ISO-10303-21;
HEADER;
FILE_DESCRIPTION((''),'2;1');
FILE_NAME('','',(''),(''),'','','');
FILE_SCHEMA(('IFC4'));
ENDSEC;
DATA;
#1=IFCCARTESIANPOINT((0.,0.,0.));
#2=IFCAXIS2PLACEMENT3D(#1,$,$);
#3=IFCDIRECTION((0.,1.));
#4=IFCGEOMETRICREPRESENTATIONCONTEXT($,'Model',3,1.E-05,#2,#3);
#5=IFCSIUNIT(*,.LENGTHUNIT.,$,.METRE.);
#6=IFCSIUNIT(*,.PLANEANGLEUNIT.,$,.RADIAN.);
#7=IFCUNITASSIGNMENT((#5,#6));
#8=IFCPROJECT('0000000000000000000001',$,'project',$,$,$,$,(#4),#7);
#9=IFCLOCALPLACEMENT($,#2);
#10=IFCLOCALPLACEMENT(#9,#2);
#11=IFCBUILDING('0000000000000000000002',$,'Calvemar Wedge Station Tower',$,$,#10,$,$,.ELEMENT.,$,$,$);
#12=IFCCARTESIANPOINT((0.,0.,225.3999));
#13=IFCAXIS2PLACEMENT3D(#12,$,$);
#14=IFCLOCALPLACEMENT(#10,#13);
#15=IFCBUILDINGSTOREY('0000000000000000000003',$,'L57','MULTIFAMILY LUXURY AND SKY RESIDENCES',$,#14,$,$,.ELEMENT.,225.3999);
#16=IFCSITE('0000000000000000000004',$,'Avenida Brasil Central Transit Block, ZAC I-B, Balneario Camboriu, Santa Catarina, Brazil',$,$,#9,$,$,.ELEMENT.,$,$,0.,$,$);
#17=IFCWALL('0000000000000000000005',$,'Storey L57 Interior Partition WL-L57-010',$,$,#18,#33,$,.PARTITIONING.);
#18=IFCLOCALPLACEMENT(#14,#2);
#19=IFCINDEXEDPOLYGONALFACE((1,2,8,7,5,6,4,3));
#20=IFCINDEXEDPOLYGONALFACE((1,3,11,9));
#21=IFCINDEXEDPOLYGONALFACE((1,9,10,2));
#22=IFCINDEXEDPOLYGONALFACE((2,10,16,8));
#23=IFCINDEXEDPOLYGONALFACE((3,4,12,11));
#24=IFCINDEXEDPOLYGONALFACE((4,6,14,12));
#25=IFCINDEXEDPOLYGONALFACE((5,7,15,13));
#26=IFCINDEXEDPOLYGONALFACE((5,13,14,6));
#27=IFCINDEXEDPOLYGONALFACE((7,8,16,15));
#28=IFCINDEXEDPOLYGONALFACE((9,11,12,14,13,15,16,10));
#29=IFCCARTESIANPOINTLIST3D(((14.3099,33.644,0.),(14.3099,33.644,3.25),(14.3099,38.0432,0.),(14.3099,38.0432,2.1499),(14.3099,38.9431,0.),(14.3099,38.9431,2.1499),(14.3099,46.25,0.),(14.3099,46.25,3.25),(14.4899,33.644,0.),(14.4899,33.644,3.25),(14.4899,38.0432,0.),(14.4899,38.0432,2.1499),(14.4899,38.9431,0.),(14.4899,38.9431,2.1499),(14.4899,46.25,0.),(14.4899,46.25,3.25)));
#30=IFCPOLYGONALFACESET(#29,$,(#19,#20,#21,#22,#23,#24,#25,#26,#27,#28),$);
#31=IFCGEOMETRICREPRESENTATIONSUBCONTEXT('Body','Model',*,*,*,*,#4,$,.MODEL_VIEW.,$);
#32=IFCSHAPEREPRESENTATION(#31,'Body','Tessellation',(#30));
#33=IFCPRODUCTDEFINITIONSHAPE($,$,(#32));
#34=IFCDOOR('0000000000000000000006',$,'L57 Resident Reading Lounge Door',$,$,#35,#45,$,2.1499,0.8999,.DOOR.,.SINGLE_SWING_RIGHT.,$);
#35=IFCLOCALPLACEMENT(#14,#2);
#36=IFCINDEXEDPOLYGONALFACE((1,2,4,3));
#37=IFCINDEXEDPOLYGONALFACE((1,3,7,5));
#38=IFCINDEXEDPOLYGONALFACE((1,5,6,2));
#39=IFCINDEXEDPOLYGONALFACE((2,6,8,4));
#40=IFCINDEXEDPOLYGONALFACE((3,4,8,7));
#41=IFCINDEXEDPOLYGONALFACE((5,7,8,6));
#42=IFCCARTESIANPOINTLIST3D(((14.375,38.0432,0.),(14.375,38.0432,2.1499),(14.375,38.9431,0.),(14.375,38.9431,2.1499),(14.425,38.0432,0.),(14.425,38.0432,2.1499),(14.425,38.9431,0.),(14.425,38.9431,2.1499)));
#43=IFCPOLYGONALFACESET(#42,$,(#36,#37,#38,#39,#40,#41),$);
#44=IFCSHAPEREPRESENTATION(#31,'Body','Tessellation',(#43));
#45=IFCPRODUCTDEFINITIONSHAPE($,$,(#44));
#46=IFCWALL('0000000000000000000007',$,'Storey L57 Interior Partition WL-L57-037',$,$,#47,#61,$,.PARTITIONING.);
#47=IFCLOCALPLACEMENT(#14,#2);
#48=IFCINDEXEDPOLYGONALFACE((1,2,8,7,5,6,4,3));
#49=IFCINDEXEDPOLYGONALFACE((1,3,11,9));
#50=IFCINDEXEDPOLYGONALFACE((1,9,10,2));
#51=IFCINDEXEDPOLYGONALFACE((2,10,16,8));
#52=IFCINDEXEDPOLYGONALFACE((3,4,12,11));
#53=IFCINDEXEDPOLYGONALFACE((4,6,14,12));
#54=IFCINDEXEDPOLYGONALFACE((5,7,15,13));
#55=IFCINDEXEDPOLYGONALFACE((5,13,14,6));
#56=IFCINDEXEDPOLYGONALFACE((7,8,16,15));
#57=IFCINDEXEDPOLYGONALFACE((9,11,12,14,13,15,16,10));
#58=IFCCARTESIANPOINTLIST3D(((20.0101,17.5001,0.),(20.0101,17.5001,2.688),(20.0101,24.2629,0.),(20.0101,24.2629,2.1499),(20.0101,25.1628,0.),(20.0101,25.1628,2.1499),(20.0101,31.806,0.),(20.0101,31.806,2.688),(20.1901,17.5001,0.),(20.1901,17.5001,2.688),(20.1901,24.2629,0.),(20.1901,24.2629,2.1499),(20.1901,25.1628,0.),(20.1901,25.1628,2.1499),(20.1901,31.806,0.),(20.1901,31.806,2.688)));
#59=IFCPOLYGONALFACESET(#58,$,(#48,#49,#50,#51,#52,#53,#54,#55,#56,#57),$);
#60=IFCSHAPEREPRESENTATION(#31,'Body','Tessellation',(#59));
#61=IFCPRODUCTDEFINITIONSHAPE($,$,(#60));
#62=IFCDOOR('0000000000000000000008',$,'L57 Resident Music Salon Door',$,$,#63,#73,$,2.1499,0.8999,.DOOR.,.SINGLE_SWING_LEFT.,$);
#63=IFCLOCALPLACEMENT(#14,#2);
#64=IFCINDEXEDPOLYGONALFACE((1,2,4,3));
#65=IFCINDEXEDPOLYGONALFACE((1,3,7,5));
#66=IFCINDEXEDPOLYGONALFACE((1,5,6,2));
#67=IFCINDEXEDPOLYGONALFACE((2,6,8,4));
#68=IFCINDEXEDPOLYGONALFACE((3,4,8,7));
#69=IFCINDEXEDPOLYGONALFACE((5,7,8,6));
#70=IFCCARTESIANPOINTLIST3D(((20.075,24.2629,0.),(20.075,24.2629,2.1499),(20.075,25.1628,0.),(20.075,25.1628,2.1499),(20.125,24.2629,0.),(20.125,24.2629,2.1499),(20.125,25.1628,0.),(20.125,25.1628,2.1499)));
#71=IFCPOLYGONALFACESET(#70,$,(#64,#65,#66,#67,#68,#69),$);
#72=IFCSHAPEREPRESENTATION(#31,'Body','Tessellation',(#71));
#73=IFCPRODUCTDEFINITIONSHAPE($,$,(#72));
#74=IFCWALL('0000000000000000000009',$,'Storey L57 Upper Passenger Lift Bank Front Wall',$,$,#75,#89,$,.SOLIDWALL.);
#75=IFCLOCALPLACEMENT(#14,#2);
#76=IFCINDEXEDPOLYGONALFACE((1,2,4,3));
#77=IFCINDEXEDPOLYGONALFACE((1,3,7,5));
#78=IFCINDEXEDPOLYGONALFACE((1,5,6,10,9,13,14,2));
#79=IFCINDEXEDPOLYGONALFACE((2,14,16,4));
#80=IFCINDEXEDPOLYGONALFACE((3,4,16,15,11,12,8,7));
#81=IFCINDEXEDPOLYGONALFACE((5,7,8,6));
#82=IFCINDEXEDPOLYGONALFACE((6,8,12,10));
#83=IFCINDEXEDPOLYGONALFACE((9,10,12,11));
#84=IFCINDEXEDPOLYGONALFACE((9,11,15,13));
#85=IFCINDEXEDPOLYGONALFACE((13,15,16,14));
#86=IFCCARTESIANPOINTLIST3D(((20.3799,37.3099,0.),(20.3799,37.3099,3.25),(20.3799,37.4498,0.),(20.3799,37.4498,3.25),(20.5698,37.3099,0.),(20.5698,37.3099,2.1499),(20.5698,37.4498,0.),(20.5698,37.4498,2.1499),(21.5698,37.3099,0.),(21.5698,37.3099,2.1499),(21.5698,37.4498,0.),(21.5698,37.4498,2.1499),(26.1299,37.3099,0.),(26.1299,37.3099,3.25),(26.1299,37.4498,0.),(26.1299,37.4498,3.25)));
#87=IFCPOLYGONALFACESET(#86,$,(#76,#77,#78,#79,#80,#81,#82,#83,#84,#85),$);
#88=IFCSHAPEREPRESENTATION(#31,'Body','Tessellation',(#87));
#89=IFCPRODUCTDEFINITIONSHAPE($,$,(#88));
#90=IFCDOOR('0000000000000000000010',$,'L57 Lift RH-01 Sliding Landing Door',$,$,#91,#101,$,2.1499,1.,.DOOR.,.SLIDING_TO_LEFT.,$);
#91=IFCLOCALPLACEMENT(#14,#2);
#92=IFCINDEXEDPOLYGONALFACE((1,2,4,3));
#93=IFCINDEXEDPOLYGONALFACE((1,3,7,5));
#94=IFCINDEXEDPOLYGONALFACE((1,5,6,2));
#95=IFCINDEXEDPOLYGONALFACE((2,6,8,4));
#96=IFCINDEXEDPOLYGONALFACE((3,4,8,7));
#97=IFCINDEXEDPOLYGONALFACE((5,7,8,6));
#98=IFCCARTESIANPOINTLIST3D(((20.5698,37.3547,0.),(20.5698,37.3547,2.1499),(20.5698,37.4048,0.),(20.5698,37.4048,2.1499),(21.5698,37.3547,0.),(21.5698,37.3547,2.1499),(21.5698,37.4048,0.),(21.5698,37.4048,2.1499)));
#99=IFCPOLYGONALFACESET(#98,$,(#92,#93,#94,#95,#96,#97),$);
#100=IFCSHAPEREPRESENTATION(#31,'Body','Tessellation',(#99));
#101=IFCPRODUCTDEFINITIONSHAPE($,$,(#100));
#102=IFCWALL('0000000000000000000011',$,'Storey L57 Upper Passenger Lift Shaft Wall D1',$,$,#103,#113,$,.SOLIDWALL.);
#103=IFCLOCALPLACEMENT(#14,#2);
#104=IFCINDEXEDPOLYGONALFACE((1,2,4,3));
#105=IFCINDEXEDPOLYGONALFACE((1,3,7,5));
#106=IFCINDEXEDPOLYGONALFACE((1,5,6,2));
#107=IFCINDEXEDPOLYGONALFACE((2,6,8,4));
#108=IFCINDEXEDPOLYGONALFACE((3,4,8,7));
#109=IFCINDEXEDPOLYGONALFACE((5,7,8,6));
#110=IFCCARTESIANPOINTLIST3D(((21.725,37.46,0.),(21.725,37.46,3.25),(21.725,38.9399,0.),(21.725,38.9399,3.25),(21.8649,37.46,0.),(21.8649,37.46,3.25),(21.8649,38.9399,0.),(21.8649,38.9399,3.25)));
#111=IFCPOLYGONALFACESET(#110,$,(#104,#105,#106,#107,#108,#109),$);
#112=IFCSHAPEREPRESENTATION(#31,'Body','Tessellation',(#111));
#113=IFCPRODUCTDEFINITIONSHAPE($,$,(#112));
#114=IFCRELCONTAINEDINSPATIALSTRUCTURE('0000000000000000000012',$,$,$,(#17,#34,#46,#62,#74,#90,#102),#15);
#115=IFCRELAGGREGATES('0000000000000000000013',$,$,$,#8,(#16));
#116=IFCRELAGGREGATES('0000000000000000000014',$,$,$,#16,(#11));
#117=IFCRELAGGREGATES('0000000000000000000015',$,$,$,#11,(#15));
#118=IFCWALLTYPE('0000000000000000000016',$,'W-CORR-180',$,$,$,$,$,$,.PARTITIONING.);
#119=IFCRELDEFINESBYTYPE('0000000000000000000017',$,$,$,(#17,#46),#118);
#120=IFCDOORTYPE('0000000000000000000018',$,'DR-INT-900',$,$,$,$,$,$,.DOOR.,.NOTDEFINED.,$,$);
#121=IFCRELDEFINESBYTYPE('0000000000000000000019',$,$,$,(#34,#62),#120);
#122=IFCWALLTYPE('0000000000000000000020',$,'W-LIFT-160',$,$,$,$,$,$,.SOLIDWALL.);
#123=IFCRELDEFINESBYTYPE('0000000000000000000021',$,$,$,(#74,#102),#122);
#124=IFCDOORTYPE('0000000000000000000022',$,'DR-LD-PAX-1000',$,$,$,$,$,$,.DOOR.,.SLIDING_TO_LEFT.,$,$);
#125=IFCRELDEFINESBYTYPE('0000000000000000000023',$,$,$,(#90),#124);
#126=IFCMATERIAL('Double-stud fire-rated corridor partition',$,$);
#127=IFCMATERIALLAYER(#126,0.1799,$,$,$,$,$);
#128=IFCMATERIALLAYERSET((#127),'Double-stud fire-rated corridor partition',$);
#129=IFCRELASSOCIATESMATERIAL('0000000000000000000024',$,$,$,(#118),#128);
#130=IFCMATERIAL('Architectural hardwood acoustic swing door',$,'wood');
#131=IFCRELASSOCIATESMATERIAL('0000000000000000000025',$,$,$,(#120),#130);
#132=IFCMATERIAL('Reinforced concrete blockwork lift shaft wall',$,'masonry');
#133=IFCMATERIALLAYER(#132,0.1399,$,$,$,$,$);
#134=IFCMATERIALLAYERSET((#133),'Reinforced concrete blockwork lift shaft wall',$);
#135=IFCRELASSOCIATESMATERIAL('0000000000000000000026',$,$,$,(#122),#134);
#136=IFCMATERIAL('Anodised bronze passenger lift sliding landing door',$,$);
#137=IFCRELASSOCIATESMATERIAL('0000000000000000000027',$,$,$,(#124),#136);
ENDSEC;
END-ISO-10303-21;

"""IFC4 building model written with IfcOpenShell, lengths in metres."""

from ifc_helpers import new_model, si_unit, direction, frame, frame_2d, origin, place, context, subcontext, project, spatial, rectangle, extrude, source, transform, mapped, material, layer, layer_set, type_object, element, fill, save


model = new_model("IFC4")

# Units and contexts
model_context = context("Model", 3, precision=1e-05, world=origin(), true_north=direction((0.0, 1.0)))
body_context = subcontext(model_context, "Body", "Model", "MODEL_VIEW")
ifc_project = project(units=[si_unit("LENGTHUNIT", "METRE"), si_unit("PLANEANGLEUNIT", "RADIAN")], contexts=[model_context])

# Site, building, storey
site_placement = place(None, origin())
site = spatial("IfcSite", under=ifc_project, at=site_placement, Name="Avenida Brasil Central Transit Block, ZAC I-B, Balneario Camboriu, Santa Catarina, Brazil", CompositionType="ELEMENT", RefElevation=0.0)
building_placement = place(site_placement, origin())
building = spatial("IfcBuilding", under=site, at=building_placement, Name="Calvemar Wedge Station Tower", CompositionType="ELEMENT")
storey_placement = place(building_placement, frame((0.0, 0.0, 225.3999)))
storey = spatial("IfcBuildingStorey", under=building, at=storey_placement, Name="L57", Description="MULTIFAMILY LUXURY AND SKY RESIDENCES", CompositionType="ELEMENT", Elevation=225.3999)

# Shared definitions
ifc_material_1 = material(Name="Double-stud fire-rated corridor partition")
ifc_layer_1 = layer(ifc_material_1, 0.1799)
ifc_layer_set_1 = layer_set([ifc_layer_1], Name="Double-stud fire-rated corridor partition")
wall_type_1 = type_object("IfcWallType", Name="W-CORR-180", PredefinedType="PARTITIONING", material=ifc_layer_set_1)
shared_shape_1 = source(origin(), body_context, "Body", "SweptSolid", [
    extrude(rectangle(XDim=0.8999, YDim=2.1499, at=frame_2d((0.45, 1.075))), frame((0.0, 0.1001, 0.0), z_axis=(0.0, -1.0, 0.0), x_axis=(1.0, 0.0, 0.0)), (0.0, 0.0, 1.0), 0.2),
])

# Walls, openings, doors
wall_1_placement = place(storey_placement, frame((14.3999, 33.644, 0.0), z_axis=(0.0, 0.0, 1.0), x_axis=(0.0, 1.0, 0.0)))
wall_1 = element("IfcWall", 1, at=wall_1_placement, inside=storey, type_object=wall_type_1, Name="Storey L57 Interior Partition WL-L57-010", PredefinedType="PARTITIONING", context=body_context, shape_type="SweptSolid", body=[
    extrude(rectangle(XDim=12.606, YDim=0.1799, at=frame_2d((6.303, 0.0))), origin(), (0.0, 0.0, 1.0), 3.25),
])
opening_1_placement = place(wall_1_placement, frame((4.3992, 0.0, 0.0)))
opening_1 = element("IfcOpeningElement", 2, at=opening_1_placement, cuts=wall_1, PredefinedType="OPENING", context=body_context, shape_type="MappedRepresentation", body=[
    mapped(shared_shape_1, transform((0.0, 0.0, 0.0), scale=1.0)),
])
ifc_material_2 = material(Name="Architectural hardwood acoustic swing door", Category="wood")
door_type_1 = type_object("IfcDoorType", Name="DR-INT-900", OperationType="NOTDEFINED", PredefinedType="DOOR", material=ifc_material_2)
shared_shape_2 = source(origin(), body_context, "Body", "SweptSolid", [
    extrude(rectangle(XDim=0.8999, YDim=2.1499, at=frame_2d((0.45, 1.075))), frame((0.0, 0.0249, 0.0), z_axis=(0.0, -1.0, 0.0), x_axis=(1.0, 0.0, 0.0)), (0.0, 0.0, 1.0), 0.05),
])
door_1_placement = place(opening_1_placement, origin())
door_1 = element("IfcDoor", 3, at=door_1_placement, inside=storey, type_object=door_type_1, Name="L57 Resident Reading Lounge Door", OperationType="SINGLE_SWING_RIGHT", OverallHeight=2.1499, OverallWidth=0.8999, PredefinedType="DOOR", context=body_context, shape_type="MappedRepresentation", body=[
    mapped(shared_shape_2, transform((0.0, 0.0, 0.0), scale=1.0)),
])
fill(opening_1, door_1)
wall_2_placement = place(storey_placement, frame((20.1001, 31.8059, 0.0), z_axis=(0.0, 0.0, 1.0), x_axis=(0.0, -1.0, 0.0)))
wall_2 = element("IfcWall", 4, at=wall_2_placement, inside=storey, type_object=wall_type_1, Name="Storey L57 Interior Partition WL-L57-037", PredefinedType="PARTITIONING", context=body_context, shape_type="SweptSolid", body=[
    extrude(rectangle(XDim=14.3059, YDim=0.1799, at=frame_2d((7.1528, 0.0))), origin(), (0.0, 0.0, 1.0), 2.688),
])
opening_2_placement = place(wall_2_placement, frame((6.6431, 0.0, 0.0)))
opening_2 = element("IfcOpeningElement", 5, at=opening_2_placement, cuts=wall_2, PredefinedType="OPENING", context=body_context, shape_type="MappedRepresentation", body=[
    mapped(shared_shape_1, transform((0.0, 0.0, 0.0), scale=1.0)),
])
door_2_placement = place(opening_2_placement, origin())
door_2 = element("IfcDoor", 6, at=door_2_placement, inside=storey, type_object=door_type_1, Name="L57 Resident Music Salon Door", OperationType="SINGLE_SWING_LEFT", OverallHeight=2.1499, OverallWidth=0.8999, PredefinedType="DOOR", context=body_context, shape_type="MappedRepresentation", body=[
    mapped(shared_shape_2, transform((0.0, 0.0, 0.0), scale=1.0)),
])
fill(opening_2, door_2)
ifc_material_3 = material(Name="Reinforced concrete blockwork lift shaft wall", Category="masonry")
ifc_layer_2 = layer(ifc_material_3, 0.1399)
ifc_layer_set_2 = layer_set([ifc_layer_2], Name="Reinforced concrete blockwork lift shaft wall")
wall_type_2 = type_object("IfcWallType", Name="W-LIFT-160", PredefinedType="SOLIDWALL", material=ifc_layer_set_2)
wall_3_placement = place(storey_placement, frame((20.3799, 37.3799, 0.0), z_axis=(0.0, 0.0, 1.0), x_axis=(1.0, 0.0, 0.0)))
wall_3 = element("IfcWall", 7, at=wall_3_placement, inside=storey, type_object=wall_type_2, Name="Storey L57 Upper Passenger Lift Bank Front Wall", PredefinedType="SOLIDWALL", context=body_context, shape_type="SweptSolid", body=[
    extrude(rectangle(XDim=5.75, YDim=0.1399, at=frame_2d((2.875, 0.0))), origin(), (0.0, 0.0, 1.0), 3.25),
])
shared_shape_3 = source(origin(), body_context, "Body", "SweptSolid", [
    extrude(rectangle(XDim=1.0, YDim=2.1499, at=frame_2d((0.5, 1.075))), frame((0.0, 0.0801, 0.0), z_axis=(0.0, -1.0, 0.0), x_axis=(1.0, 0.0, 0.0)), (0.0, 0.0, 1.0), 0.1599),
])
opening_3_placement = place(wall_3_placement, frame((0.1899, 0.0, 0.0)))
opening_3 = element("IfcOpeningElement", 8, at=opening_3_placement, cuts=wall_3, PredefinedType="OPENING", context=body_context, shape_type="MappedRepresentation", body=[
    mapped(shared_shape_3, transform((0.0, 0.0, 0.0), scale=1.0)),
])
ifc_material_4 = material(Name="Anodised bronze passenger lift sliding landing door")
door_type_2 = type_object("IfcDoorType", Name="DR-LD-PAX-1000", OperationType="SLIDING_TO_LEFT", PredefinedType="DOOR", material=ifc_material_4)
shared_shape_4 = source(origin(), body_context, "Body", "SweptSolid", [
    extrude(rectangle(XDim=1.0, YDim=2.1499, at=frame_2d((0.5, 1.075))), frame((0.0, 0.0249, 0.0), z_axis=(0.0, -1.0, 0.0), x_axis=(1.0, 0.0, 0.0)), (0.0, 0.0, 1.0), 0.05),
])
door_3_placement = place(opening_3_placement, origin())
door_3 = element("IfcDoor", 9, at=door_3_placement, inside=storey, type_object=door_type_2, Name="L57 Lift RH-01 Sliding Landing Door", OperationType="SLIDING_TO_LEFT", OverallHeight=2.1499, OverallWidth=1.0, PredefinedType="DOOR", context=body_context, shape_type="MappedRepresentation", body=[
    mapped(shared_shape_4, transform((0.0, 0.0, 0.0), scale=1.0)),
])
fill(opening_3, door_3)

# Wall
wall_4_placement = place(storey_placement, frame((21.7949, 37.46, 0.0), z_axis=(0.0, 0.0, 1.0), x_axis=(0.0, 1.0, 0.0)))
element("IfcWall", 10, at=wall_4_placement, inside=storey, type_object=wall_type_2, Name="Storey L57 Upper Passenger Lift Shaft Wall D1", PredefinedType="SOLIDWALL", context=body_context, shape_type="SweptSolid", body=[
    extrude(rectangle(XDim=1.48, YDim=0.1399, at=frame_2d((0.74, 0.0))), origin(), (0.0, 0.0, 1.0), 3.25),
])

save(model, "model.ifc")
